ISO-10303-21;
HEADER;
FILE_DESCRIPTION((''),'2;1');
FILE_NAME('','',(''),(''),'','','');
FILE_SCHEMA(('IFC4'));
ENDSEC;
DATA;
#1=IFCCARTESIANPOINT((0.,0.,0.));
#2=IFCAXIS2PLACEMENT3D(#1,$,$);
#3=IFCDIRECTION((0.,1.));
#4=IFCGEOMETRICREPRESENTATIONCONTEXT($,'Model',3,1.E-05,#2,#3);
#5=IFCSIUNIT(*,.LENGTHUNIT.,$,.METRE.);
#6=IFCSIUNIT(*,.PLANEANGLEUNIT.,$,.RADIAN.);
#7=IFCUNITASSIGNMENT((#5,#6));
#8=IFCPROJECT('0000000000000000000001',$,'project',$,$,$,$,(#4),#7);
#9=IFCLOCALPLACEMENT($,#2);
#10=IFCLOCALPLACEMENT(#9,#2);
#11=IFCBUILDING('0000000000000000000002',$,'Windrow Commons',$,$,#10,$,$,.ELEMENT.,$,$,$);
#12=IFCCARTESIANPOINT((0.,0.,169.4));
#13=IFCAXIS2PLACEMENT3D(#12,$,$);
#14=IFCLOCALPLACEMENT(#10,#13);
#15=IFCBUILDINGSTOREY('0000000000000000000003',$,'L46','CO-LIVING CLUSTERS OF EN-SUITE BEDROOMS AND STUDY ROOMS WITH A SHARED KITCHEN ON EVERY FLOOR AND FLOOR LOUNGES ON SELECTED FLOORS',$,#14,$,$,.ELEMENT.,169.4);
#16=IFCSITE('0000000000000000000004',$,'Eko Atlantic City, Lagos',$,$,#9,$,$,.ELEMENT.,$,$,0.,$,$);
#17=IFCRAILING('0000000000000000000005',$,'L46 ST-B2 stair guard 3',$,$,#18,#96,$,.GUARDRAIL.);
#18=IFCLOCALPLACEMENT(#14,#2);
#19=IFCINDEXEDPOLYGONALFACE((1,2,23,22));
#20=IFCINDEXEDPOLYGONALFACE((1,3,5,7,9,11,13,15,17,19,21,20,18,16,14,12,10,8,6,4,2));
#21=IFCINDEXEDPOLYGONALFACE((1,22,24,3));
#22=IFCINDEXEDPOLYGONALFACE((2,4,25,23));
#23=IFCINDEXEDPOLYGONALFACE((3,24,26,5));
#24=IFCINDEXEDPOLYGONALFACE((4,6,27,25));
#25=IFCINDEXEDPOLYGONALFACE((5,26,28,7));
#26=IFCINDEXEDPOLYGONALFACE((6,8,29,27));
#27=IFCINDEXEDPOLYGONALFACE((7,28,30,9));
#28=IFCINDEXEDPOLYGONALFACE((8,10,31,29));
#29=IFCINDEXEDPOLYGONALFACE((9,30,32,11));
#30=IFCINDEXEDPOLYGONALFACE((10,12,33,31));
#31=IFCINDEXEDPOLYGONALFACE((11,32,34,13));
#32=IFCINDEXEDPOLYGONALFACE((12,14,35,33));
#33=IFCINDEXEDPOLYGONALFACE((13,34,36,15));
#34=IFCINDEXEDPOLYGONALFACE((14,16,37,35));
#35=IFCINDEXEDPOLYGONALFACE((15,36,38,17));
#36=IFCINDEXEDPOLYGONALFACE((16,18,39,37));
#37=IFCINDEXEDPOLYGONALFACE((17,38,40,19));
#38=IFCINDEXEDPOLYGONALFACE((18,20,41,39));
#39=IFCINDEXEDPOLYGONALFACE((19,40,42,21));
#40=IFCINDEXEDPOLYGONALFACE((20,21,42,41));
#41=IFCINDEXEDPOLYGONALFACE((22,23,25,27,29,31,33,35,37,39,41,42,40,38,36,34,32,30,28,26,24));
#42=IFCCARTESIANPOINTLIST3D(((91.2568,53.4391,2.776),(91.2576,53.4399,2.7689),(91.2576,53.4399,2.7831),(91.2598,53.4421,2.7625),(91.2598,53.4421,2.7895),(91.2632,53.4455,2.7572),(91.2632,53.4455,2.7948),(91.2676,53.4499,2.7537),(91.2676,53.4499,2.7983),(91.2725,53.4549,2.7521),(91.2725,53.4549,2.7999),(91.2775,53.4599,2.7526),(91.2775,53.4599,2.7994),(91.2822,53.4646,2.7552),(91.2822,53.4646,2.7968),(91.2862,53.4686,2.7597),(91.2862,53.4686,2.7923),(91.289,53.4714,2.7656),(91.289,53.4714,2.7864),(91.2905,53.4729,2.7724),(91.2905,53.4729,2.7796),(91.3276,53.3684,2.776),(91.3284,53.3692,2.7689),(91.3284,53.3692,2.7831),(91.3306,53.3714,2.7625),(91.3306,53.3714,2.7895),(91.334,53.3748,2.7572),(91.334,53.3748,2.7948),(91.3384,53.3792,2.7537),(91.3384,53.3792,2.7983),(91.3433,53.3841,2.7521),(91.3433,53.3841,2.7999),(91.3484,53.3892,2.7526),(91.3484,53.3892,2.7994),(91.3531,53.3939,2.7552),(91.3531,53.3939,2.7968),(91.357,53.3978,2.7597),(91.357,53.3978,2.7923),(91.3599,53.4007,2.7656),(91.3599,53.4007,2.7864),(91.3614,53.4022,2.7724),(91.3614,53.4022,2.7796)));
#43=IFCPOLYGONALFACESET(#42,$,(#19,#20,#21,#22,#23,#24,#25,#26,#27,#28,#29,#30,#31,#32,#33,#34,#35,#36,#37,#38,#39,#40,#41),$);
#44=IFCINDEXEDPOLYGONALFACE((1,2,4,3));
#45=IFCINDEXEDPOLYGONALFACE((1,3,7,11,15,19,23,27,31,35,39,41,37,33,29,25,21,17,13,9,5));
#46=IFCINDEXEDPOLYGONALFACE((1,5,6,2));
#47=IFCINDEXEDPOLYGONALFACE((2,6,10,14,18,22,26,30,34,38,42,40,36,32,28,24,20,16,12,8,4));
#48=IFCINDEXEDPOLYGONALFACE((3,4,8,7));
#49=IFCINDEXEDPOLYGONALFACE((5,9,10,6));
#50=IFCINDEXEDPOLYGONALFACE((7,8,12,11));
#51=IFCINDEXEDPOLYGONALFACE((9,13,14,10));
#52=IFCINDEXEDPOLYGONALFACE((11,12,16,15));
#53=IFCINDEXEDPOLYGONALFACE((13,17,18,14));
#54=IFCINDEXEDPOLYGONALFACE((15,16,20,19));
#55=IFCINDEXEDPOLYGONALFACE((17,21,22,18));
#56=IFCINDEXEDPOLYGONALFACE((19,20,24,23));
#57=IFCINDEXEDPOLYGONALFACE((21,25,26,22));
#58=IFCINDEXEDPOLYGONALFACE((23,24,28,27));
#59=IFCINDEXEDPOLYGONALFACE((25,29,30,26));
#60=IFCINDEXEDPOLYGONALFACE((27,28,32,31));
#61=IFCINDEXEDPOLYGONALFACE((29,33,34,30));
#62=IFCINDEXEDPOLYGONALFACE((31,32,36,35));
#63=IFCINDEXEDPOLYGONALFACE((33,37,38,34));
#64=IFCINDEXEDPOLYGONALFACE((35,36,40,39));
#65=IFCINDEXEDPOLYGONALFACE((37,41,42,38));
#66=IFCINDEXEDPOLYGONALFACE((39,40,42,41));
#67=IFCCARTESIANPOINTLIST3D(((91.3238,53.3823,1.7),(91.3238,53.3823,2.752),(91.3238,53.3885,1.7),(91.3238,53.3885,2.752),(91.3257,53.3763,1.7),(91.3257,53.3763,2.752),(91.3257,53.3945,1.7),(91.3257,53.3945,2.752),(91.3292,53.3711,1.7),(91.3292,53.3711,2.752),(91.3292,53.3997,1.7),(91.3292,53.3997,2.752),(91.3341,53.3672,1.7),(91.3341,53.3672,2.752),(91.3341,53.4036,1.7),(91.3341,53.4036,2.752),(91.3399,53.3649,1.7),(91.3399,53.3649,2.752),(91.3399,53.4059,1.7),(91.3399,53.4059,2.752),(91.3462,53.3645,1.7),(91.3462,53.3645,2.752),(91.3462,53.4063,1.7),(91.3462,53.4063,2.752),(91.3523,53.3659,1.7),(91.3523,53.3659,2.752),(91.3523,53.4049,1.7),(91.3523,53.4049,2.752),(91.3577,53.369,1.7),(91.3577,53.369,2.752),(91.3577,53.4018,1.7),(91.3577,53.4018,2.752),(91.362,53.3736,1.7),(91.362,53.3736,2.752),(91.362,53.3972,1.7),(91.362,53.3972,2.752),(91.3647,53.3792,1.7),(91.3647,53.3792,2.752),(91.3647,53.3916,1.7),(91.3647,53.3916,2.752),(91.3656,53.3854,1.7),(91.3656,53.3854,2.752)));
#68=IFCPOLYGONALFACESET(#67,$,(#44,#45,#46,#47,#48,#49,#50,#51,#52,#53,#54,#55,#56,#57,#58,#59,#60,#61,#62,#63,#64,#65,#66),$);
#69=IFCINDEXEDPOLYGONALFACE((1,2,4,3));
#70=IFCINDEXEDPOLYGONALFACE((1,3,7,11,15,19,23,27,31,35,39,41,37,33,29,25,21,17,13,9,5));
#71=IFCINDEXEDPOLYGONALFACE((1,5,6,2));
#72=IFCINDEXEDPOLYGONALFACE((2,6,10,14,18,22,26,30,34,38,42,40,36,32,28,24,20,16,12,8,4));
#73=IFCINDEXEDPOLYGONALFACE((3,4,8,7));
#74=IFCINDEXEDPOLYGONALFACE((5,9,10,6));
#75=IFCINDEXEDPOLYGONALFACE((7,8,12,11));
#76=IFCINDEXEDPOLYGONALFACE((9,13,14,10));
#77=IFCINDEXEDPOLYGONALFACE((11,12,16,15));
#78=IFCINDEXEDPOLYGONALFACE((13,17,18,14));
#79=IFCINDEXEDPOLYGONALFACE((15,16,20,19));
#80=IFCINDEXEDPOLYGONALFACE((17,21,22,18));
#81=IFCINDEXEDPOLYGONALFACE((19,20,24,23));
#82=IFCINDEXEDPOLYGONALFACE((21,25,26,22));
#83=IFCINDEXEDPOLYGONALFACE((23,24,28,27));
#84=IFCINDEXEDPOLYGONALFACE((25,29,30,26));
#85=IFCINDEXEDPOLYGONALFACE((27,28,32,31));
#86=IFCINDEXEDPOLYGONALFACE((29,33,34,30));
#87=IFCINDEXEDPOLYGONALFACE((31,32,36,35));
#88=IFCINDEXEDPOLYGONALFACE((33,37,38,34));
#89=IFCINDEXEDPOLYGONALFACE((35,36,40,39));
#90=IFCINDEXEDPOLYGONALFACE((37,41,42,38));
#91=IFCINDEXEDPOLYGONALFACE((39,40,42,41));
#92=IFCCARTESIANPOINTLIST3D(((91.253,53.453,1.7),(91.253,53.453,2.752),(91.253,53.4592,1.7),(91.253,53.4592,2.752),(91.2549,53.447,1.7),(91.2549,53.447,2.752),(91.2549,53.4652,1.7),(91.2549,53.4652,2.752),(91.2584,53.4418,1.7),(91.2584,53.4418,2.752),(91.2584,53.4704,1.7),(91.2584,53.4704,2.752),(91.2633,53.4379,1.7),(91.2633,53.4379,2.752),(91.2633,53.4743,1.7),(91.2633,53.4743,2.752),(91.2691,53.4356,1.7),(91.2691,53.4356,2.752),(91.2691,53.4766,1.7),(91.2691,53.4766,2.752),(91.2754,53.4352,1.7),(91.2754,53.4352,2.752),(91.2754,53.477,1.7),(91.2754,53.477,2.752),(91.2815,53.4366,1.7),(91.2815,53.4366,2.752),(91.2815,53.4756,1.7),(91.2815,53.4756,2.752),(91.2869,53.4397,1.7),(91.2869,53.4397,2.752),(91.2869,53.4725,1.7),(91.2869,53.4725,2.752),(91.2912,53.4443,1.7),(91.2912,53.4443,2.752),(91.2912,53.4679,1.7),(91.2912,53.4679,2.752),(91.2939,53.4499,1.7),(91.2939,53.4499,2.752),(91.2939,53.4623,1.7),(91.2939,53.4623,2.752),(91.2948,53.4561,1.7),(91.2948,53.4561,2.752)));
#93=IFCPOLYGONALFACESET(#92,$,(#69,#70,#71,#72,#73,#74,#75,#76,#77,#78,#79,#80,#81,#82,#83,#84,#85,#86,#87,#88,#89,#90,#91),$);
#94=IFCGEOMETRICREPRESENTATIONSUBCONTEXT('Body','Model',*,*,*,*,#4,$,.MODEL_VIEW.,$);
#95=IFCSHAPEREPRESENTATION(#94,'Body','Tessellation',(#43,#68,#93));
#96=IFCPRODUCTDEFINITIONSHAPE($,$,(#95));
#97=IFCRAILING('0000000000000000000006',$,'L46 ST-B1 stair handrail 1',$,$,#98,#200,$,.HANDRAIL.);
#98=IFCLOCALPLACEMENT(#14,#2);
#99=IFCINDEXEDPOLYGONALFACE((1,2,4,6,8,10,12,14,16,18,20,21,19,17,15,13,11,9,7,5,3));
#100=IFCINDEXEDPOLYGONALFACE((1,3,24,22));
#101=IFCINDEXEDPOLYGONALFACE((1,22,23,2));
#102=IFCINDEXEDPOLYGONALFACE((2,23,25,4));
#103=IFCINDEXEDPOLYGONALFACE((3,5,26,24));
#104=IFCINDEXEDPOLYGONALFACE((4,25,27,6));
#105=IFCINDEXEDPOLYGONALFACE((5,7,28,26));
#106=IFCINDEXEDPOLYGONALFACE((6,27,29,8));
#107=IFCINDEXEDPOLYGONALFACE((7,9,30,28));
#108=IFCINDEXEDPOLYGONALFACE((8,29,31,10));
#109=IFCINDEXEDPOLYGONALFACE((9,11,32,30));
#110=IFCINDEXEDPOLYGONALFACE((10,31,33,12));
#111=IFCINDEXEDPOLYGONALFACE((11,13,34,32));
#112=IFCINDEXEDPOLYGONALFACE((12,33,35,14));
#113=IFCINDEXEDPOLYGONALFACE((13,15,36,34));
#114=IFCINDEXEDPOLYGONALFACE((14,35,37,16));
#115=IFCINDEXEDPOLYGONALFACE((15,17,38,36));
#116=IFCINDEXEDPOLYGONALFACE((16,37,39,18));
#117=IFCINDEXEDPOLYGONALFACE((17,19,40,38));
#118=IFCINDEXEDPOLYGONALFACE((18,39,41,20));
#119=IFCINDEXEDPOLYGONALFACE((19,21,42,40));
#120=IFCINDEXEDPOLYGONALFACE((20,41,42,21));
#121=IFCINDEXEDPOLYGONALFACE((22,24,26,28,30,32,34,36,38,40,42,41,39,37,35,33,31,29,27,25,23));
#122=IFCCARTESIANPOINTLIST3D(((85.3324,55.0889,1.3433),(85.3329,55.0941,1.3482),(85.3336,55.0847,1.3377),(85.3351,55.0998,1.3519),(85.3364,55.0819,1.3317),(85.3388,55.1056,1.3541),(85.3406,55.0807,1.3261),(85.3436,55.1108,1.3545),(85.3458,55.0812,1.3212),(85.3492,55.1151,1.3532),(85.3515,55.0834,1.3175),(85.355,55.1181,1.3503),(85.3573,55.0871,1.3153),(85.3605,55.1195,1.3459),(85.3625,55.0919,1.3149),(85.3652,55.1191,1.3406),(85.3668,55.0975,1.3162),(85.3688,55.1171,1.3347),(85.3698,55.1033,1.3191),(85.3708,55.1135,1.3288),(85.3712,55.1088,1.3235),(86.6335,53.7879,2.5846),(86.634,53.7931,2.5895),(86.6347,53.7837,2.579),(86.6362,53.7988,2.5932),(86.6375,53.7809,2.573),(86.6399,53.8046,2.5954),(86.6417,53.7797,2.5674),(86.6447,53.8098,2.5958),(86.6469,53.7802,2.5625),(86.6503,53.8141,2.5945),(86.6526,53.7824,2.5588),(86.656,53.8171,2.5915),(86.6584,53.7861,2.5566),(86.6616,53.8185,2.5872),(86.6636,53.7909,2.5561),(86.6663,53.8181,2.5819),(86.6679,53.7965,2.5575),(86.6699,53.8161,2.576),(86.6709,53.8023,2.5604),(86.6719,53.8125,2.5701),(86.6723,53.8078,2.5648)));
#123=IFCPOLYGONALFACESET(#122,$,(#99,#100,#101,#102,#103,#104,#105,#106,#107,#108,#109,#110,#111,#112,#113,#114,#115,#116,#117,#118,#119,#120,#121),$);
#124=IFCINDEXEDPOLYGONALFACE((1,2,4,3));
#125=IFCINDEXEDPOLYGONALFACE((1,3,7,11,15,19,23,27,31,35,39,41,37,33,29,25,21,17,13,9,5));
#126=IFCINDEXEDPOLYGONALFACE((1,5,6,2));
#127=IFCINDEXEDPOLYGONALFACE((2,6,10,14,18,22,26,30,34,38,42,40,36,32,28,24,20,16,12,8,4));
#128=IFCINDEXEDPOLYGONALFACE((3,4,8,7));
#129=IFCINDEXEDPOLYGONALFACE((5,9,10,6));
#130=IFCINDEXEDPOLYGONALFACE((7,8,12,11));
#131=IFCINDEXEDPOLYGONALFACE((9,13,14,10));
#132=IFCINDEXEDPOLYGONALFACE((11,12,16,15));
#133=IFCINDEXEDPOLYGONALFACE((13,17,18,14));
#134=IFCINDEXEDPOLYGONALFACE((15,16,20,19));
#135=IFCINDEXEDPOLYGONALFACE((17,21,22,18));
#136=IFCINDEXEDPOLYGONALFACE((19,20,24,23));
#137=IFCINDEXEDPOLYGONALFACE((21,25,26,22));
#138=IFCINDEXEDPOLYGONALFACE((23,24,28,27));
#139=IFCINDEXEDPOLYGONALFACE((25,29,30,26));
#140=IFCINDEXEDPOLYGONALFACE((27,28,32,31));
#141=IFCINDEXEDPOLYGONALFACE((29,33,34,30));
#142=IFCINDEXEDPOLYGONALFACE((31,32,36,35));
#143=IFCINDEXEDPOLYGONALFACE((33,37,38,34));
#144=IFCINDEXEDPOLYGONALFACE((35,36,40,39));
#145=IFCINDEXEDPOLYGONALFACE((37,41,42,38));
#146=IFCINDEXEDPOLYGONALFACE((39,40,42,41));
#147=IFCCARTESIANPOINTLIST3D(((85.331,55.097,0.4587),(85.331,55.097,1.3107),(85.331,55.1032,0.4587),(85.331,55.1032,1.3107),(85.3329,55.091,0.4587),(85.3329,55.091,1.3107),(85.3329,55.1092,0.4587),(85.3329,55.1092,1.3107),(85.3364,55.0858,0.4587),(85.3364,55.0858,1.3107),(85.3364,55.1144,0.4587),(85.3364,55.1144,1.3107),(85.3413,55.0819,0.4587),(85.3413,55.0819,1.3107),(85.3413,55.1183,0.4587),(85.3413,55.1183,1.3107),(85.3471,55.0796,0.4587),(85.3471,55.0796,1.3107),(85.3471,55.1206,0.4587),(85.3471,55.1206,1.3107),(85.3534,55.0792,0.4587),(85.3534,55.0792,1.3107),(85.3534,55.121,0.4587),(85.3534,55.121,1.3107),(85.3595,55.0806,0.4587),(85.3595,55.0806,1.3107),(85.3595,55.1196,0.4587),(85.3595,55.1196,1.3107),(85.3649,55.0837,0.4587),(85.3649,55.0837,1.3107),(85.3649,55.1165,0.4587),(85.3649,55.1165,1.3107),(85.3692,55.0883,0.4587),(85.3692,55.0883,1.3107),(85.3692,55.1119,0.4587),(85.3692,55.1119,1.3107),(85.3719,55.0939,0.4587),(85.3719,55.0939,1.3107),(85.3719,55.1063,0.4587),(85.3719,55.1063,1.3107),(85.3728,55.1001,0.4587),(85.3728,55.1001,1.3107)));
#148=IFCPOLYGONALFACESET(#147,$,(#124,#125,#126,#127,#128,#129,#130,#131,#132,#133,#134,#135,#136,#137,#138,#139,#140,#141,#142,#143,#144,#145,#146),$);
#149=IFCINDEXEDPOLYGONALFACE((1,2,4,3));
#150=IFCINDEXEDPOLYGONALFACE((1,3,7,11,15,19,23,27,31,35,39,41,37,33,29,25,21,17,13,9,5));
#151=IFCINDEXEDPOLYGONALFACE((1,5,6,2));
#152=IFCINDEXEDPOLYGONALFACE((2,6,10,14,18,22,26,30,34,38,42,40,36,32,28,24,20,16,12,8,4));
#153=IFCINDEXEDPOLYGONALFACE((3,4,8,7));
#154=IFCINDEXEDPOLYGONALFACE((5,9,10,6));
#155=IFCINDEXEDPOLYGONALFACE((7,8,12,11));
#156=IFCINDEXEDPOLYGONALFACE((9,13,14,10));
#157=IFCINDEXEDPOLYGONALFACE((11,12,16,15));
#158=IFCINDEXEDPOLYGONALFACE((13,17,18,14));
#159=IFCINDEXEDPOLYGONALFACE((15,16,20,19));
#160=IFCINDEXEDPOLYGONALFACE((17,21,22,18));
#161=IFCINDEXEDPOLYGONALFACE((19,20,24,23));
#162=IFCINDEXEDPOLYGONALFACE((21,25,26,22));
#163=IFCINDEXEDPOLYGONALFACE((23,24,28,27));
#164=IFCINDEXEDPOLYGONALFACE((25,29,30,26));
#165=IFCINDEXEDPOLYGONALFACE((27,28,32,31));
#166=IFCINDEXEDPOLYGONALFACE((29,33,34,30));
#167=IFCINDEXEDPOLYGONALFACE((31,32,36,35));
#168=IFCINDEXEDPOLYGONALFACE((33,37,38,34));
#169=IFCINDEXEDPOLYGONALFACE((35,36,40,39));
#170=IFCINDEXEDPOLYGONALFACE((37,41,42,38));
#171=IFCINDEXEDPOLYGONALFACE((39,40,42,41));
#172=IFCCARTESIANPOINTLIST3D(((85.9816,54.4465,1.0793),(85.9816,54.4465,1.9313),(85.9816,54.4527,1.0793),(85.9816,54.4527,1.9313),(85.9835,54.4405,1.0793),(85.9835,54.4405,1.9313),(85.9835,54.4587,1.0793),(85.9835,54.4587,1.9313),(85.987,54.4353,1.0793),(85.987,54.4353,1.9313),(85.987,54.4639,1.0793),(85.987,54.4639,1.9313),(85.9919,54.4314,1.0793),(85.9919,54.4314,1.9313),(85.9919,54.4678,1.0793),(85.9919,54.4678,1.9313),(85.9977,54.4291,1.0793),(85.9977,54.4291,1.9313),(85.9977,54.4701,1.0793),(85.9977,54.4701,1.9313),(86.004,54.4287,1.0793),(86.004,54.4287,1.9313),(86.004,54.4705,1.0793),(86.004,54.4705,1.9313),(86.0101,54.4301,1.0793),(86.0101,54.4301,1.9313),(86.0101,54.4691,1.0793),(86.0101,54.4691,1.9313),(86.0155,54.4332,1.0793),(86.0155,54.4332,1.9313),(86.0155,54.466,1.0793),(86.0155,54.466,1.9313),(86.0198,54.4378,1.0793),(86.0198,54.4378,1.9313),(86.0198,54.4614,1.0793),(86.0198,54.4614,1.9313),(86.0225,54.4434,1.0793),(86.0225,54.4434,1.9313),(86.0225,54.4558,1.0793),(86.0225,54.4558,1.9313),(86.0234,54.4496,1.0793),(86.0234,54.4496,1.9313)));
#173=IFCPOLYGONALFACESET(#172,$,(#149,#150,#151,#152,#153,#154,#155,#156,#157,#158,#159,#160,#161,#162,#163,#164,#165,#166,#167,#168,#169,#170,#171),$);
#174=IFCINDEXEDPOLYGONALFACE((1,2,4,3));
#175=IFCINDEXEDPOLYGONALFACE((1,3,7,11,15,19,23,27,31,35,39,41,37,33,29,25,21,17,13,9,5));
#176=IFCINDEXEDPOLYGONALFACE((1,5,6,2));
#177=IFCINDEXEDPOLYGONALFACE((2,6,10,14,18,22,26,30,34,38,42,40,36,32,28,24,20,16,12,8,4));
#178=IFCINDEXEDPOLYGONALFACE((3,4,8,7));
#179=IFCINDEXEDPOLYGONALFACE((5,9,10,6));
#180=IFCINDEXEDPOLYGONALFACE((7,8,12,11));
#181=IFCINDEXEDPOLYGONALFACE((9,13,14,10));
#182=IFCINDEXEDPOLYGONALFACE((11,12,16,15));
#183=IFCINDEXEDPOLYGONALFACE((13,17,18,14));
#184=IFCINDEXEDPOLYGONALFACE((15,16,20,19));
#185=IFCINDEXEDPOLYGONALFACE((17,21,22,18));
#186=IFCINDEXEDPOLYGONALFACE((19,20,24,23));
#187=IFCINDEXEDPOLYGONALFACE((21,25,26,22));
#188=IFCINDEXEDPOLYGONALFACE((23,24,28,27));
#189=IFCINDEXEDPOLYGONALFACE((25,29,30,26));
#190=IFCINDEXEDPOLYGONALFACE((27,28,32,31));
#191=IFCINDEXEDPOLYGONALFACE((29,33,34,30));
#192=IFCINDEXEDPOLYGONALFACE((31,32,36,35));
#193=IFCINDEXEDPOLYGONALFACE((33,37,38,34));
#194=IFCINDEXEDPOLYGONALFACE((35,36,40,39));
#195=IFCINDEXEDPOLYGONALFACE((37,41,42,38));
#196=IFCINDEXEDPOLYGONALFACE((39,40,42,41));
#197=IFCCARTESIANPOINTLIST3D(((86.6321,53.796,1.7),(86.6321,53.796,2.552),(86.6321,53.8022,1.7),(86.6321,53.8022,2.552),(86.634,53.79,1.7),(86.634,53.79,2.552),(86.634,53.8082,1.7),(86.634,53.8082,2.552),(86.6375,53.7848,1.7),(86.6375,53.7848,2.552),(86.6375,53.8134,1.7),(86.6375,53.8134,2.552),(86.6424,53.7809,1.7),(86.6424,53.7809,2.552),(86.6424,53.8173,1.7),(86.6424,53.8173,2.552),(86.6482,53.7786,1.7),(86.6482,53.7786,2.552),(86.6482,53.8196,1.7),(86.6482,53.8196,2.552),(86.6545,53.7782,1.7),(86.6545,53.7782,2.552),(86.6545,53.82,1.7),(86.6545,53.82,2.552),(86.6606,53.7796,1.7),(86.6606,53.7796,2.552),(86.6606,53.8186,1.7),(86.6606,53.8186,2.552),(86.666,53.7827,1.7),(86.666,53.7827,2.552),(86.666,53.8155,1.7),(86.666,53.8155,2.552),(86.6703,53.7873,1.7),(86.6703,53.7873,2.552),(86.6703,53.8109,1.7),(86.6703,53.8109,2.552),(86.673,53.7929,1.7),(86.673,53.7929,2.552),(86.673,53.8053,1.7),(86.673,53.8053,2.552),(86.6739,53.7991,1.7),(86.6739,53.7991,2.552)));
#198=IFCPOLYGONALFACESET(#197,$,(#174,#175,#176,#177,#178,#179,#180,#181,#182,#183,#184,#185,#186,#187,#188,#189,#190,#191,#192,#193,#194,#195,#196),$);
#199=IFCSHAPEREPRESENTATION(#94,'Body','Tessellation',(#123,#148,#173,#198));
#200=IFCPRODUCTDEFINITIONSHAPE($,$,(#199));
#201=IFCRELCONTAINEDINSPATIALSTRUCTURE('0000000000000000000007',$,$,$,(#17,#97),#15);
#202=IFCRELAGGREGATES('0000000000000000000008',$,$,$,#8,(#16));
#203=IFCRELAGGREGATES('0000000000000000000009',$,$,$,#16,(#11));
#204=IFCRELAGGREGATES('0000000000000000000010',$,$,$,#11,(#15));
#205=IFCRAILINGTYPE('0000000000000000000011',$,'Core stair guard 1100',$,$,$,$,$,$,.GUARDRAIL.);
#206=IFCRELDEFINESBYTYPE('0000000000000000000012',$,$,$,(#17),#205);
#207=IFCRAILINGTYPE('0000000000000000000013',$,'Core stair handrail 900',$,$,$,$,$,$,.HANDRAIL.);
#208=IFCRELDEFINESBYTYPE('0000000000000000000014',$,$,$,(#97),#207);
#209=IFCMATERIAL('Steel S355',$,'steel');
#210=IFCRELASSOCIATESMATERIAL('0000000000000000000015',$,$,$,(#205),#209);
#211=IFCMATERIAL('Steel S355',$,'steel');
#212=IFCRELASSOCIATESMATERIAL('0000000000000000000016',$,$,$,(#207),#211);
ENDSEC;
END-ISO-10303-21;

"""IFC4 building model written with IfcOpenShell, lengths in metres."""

from ifc_helpers import new_model, si_unit, direction, frame, origin, origin_2d, place, context, subcontext, project, spatial, circle, extrude, material, type_object, element, save


model = new_model("IFC4")

# Units and contexts
model_context = context("Model", 3, precision=1e-05, world=origin(), true_north=direction((0.0, 1.0)))
body_context = subcontext(model_context, "Body", "Model", "MODEL_VIEW")
ifc_project = project(units=[si_unit("LENGTHUNIT", "METRE"), si_unit("PLANEANGLEUNIT", "RADIAN")], contexts=[model_context])

# Site, building, storey
site_placement = place(None, origin())
site = spatial("IfcSite", under=ifc_project, at=site_placement, Name="Eko Atlantic City, Lagos", CompositionType="ELEMENT", RefElevation=0.0)
building_placement = place(site_placement, origin())
building = spatial("IfcBuilding", under=site, at=building_placement, Name="Windrow Commons", CompositionType="ELEMENT")
storey_placement = place(building_placement, frame((0.0, 0.0, 169.4)))
storey = spatial("IfcBuildingStorey", under=building, at=storey_placement, Name="L46", Description="CO-LIVING CLUSTERS OF EN-SUITE BEDROOMS AND STUDY ROOMS WITH A SHARED KITCHEN ON EVERY FLOOR AND FLOOR LOUNGES ON SELECTED FLOORS", CompositionType="ELEMENT", Elevation=169.4)

# Railings
ifc_material_1 = material(Name="Steel S355", Category="steel")
railing_type_1 = type_object("IfcRailingType", Name="Core stair guard 1100", PredefinedType="GUARDRAIL", material=ifc_material_1)
railing_1_placement = place(storey_placement, frame((91.3446, 53.3854, 1.7)))
element("IfcRailing", 1, at=railing_1_placement, inside=storey, type_object=railing_type_1, Name="L46 ST-B2 stair guard 3", PredefinedType="GUARDRAIL", context=body_context, shape_type="SweptSolid", body=[
    extrude(circle(Radius=0.024, at=origin_2d()), frame((0.0, 0.0, 1.076), z_axis=(-0.707606, 0.706607, 0.0), x_axis=(-0.706607, -0.707606, 0.0)), (0.0, 0.0, 1.0), 0.1001),
    extrude(circle(Radius=0.021, at=origin_2d()), origin(), (0.0, 0.0, 1.0), 1.052),
    extrude(circle(Radius=0.021, at=origin_2d()), frame((-0.0708, 0.0707, 0.0)), (0.0, 0.0, 1.0), 1.052),
])
ifc_material_2 = material(Name="Steel S355", Category="steel")
railing_type_2 = type_object("IfcRailingType", Name="Core stair handrail 900", PredefinedType="HANDRAIL", material=ifc_material_2)
railing_2_placement = place(storey_placement, frame((85.3518, 55.1001, 0.4587)))
element("IfcRailing", 2, at=railing_2_placement, inside=storey, type_object=railing_type_2, Name="L46 ST-B1 stair handrail 1", PredefinedType="HANDRAIL", context=body_context, shape_type="SweptSolid", body=[
    extrude(circle(Radius=0.024, at=origin_2d()), frame((0.0, 0.0, 0.876), z_axis=(0.586207, -0.586162, 0.559264), x_axis=(0.70708, 0.707134, 0.0)), (0.0, 0.0, 1.0), 2.2195),
    extrude(circle(Radius=0.021, at=origin_2d()), origin(), (0.0, 0.0, 1.0), 0.852),
    extrude(circle(Radius=0.021, at=origin_2d()), frame((0.6506, -0.6505, 0.6206)), (0.0, 0.0, 1.0), 0.852),
    extrude(circle(Radius=0.021, at=origin_2d()), frame((1.3011, -1.301, 1.2413)), (0.0, 0.0, 1.0), 0.852),
])

save(model, "model.ifc")
